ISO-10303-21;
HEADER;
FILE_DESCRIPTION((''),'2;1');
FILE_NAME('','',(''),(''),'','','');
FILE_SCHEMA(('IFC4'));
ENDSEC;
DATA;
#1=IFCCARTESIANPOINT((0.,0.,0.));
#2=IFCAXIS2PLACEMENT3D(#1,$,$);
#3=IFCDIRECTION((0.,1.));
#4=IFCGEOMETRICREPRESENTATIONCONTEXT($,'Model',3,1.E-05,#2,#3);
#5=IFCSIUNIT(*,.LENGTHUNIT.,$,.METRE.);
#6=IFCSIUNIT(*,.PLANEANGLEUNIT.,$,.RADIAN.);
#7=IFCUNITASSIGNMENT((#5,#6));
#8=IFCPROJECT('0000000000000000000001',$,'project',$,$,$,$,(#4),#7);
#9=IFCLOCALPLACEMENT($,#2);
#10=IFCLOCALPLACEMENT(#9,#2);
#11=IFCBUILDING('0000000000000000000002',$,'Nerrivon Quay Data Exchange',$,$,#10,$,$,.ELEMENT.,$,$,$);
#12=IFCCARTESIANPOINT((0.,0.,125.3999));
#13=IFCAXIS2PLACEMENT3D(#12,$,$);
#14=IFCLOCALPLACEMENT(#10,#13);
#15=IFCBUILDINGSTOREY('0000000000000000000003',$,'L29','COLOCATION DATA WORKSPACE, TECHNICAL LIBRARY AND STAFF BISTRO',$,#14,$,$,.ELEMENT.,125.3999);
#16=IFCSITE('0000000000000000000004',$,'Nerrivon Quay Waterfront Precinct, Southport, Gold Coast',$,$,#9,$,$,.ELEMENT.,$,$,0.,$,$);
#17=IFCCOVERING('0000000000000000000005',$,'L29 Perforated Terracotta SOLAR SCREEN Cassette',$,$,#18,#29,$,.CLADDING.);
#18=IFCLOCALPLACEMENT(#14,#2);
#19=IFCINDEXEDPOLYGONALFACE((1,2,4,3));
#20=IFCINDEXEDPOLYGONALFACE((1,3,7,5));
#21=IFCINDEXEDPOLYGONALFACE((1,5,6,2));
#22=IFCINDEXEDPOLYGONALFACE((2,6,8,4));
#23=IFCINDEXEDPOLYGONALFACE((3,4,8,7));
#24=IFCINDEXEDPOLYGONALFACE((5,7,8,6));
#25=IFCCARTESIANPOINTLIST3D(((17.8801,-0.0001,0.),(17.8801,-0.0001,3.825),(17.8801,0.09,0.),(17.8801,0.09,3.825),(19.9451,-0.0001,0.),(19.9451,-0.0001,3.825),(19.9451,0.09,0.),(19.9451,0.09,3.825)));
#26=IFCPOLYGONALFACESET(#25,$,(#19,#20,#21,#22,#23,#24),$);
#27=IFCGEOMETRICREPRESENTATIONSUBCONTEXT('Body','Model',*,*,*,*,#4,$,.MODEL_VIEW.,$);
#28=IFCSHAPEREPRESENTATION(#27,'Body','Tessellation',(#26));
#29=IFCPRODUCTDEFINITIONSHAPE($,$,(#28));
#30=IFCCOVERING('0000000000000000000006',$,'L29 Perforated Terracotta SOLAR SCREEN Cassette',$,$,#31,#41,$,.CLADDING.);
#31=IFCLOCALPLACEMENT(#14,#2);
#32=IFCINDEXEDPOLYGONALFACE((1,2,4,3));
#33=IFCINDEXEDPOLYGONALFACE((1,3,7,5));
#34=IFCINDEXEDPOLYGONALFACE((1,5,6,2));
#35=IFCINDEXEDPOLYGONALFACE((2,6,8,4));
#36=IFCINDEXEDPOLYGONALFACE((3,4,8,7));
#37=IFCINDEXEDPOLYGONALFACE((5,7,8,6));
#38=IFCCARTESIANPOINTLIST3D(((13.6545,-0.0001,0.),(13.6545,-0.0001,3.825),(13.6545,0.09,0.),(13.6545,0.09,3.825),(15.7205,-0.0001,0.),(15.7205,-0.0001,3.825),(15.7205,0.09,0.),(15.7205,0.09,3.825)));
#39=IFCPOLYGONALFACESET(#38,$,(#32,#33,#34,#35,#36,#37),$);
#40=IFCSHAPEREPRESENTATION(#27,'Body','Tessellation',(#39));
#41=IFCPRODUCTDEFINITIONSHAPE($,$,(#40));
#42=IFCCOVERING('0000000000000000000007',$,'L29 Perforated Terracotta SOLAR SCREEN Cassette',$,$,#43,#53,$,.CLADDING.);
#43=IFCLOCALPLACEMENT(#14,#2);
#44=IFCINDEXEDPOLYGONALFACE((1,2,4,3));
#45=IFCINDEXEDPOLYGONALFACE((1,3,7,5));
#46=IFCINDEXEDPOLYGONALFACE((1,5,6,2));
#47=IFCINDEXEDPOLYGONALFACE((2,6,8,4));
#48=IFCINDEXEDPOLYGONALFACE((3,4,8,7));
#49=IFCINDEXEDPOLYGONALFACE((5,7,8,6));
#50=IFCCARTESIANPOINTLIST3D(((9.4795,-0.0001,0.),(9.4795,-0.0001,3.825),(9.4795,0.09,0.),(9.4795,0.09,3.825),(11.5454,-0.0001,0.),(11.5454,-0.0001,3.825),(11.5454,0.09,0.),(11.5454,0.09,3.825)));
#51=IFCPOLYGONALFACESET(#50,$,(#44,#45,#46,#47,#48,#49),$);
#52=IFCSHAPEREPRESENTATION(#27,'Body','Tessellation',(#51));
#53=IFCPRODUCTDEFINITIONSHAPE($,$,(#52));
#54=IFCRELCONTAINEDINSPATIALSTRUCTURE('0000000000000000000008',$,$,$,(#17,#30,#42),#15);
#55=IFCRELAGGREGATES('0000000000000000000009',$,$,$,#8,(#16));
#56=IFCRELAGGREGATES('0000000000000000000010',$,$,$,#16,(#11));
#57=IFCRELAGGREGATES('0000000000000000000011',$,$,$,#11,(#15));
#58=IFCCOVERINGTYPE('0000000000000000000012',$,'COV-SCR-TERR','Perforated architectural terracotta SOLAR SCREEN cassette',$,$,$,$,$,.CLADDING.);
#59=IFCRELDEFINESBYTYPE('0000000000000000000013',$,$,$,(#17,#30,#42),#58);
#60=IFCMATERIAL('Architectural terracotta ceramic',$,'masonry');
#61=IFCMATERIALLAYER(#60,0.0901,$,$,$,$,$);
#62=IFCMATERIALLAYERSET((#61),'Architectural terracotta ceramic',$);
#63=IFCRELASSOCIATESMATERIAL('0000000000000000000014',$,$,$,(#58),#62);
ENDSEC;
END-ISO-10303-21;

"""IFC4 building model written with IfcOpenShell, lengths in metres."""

from ifc_helpers import new_model, si_unit, direction, frame, origin, origin_2d, place, context, subcontext, project, spatial, rectangle, extrude, material, layer, layer_set, type_object, element, save


model = new_model("IFC4")

# Units and contexts
model_context = context("Model", 3, precision=1e-05, world=origin(), true_north=direction((0.0, 1.0)))
body_context = subcontext(model_context, "Body", "Model", "MODEL_VIEW")
ifc_project = project(units=[si_unit("LENGTHUNIT", "METRE"), si_unit("PLANEANGLEUNIT", "RADIAN")], contexts=[model_context])

# Site, building, storey
site_placement = place(None, origin())
site = spatial("IfcSite", under=ifc_project, at=site_placement, Name="Nerrivon Quay Waterfront Precinct, Southport, Gold Coast", CompositionType="ELEMENT", RefElevation=0.0)
building_placement = place(site_placement, origin())
building = spatial("IfcBuilding", under=site, at=building_placement, Name="Nerrivon Quay Data Exchange", CompositionType="ELEMENT")
storey_placement = place(building_placement, frame((0.0, 0.0, 125.3999)))
storey = spatial("IfcBuildingStorey", under=building, at=storey_placement, Name="L29", Description="COLOCATION DATA WORKSPACE, TECHNICAL LIBRARY AND STAFF BISTRO", CompositionType="ELEMENT", Elevation=125.3999)

# Coverings
ifc_material_1 = material(Name="Architectural terracotta ceramic", Category="masonry")
ifc_layer_1 = layer(ifc_material_1, 0.0901)
ifc_layer_set_1 = layer_set([ifc_layer_1], Name="Architectural terracotta ceramic")
covering_type = type_object("IfcCoveringType", Name="COV-SCR-TERR", Description="Perforated architectural terracotta SOLAR SCREEN cassette", PredefinedType="CLADDING", material=ifc_layer_set_1)
covering_placement = place(storey_placement, frame((18.9126, 0.0449, 0.0), z_axis=(0.0, 0.0, 1.0), x_axis=(-1.0, 0.0, 0.0)))
element("IfcCovering", 1, at=covering_placement, inside=storey, type_object=covering_type, Name="L29 Perforated Terracotta SOLAR SCREEN Cassette", PredefinedType="CLADDING", context=body_context, shape_type="SweptSolid", body=[
    extrude(rectangle(XDim=2.0649, YDim=0.0901, at=origin_2d()), origin(), (0.0, 0.0, 1.0), 3.825),
])
for number, where, z_axis, x_axis, name in (
    (2, (14.6875, 0.0449, 0.0), (0.0, 0.0, 1.0), (-1.0, 0.0, 0.0), "L29 Perforated Terracotta SOLAR SCREEN Cassette"),
    (3, (10.5125, 0.0449, 0.0), (0.0, 0.0, 1.0), (-1.0, 0.0, 0.0), "L29 Perforated Terracotta SOLAR SCREEN Cassette"),
):
    element("IfcCovering", number, at=place(storey_placement, frame(where, z_axis=z_axis, x_axis=x_axis)), inside=storey, type_object=covering_type, Name=name, PredefinedType="CLADDING", context=body_context, shape_type="SweptSolid", body=[
        extrude(rectangle(XDim=2.0659, YDim=0.0901, at=origin_2d()), origin(), (0.0, 0.0, 1.0), 3.825),
    ])

save(model, "model.ifc")
